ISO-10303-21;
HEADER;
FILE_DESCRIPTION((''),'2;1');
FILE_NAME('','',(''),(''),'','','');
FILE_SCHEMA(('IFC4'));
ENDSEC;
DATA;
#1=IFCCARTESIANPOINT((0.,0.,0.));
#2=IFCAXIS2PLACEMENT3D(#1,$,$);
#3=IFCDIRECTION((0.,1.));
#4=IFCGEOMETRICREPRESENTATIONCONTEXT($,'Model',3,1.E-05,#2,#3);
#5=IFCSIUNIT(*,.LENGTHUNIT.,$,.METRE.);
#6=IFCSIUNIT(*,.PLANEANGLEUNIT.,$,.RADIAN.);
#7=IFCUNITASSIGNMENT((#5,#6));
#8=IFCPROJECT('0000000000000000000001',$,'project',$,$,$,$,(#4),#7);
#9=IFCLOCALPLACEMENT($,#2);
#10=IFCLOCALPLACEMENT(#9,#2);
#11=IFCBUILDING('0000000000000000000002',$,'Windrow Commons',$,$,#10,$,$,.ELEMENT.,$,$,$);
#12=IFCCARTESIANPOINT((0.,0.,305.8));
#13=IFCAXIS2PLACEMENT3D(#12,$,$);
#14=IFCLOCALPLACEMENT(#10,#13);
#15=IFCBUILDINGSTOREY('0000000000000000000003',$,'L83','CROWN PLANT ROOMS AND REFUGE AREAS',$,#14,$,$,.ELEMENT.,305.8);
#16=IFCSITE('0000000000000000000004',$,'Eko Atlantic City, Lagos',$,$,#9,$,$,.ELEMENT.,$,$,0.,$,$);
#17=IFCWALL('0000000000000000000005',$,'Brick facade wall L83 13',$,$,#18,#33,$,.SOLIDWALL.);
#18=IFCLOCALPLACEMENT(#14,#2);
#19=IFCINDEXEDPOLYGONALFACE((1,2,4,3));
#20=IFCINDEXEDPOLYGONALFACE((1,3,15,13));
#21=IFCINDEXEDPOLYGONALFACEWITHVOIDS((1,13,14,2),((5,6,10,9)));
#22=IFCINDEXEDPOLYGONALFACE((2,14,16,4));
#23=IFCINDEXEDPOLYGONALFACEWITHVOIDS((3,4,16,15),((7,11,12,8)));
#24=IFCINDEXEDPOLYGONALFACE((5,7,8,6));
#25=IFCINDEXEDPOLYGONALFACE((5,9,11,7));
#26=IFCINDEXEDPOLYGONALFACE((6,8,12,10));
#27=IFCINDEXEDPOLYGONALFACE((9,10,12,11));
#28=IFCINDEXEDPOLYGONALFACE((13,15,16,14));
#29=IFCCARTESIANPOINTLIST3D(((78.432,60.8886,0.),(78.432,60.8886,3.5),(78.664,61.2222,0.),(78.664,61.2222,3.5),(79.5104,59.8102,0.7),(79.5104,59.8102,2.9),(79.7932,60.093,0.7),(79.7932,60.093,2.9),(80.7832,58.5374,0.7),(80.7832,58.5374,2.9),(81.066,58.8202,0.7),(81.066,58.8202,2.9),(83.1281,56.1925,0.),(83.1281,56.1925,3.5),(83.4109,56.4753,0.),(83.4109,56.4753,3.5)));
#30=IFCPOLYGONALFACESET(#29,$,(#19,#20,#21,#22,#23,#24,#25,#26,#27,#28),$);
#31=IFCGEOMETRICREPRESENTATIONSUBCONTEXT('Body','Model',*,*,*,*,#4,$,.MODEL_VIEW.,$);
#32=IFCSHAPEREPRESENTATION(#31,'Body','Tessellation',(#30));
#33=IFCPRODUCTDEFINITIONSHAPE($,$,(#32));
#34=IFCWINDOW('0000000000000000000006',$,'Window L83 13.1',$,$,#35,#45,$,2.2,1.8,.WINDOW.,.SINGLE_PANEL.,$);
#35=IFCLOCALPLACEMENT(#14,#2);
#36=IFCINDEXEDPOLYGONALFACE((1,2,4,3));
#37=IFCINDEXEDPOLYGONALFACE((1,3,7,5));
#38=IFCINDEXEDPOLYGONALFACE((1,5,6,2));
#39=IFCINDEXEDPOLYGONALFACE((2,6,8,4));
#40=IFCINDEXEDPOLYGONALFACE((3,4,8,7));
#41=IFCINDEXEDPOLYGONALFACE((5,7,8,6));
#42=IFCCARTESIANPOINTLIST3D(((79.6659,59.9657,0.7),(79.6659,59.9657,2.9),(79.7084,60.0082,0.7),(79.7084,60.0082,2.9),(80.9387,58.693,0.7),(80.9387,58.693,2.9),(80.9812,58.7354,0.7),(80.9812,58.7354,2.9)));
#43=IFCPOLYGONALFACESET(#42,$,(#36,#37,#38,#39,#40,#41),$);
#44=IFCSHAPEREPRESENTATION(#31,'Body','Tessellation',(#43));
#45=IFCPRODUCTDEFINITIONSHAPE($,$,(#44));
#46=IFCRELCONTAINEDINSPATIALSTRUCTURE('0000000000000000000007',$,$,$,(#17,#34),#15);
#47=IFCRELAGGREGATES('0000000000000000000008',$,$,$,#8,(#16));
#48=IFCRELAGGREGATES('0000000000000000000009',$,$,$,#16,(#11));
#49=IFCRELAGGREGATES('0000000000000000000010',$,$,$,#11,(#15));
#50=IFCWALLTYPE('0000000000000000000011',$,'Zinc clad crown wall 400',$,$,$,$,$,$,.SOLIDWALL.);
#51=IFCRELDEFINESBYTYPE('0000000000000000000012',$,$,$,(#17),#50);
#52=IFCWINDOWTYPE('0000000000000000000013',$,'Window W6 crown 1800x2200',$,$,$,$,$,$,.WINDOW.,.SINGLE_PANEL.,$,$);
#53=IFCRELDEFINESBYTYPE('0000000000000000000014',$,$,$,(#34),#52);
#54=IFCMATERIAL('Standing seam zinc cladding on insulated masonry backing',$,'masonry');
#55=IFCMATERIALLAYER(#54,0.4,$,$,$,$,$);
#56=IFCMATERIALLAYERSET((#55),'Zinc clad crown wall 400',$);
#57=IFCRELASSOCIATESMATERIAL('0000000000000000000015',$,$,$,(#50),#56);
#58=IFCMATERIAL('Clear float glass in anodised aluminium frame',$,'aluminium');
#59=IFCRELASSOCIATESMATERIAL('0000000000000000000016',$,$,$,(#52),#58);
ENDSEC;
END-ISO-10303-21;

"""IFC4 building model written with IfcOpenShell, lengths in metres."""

from ifc_helpers import new_model, si_unit, direction, frame, frame_2d, origin, place, context, subcontext, project, spatial, polyline, rectangle, outline, extrude, material, layer, layer_set, type_object, element, fill, save


model = new_model("IFC4")

# Units and contexts
model_context = context("Model", 3, precision=1e-05, world=origin(), true_north=direction((0.0, 1.0)))
body_context = subcontext(model_context, "Body", "Model", "MODEL_VIEW")
ifc_project = project(units=[si_unit("LENGTHUNIT", "METRE"), si_unit("PLANEANGLEUNIT", "RADIAN")], contexts=[model_context])

# Site, building, storey
site_placement = place(None, origin())
site = spatial("IfcSite", under=ifc_project, at=site_placement, Name="Eko Atlantic City, Lagos", CompositionType="ELEMENT", RefElevation=0.0)
building_placement = place(site_placement, origin())
building = spatial("IfcBuilding", under=site, at=building_placement, Name="Windrow Commons", CompositionType="ELEMENT")
storey_placement = place(building_placement, frame((0.0, 0.0, 305.8)))
storey = spatial("IfcBuildingStorey", under=building, at=storey_placement, Name="L83", Description="CROWN PLANT ROOMS AND REFUGE AREAS", CompositionType="ELEMENT", Elevation=305.8)

# Wall, opening, window
ifc_material_1 = material(Name="Standing seam zinc cladding on insulated masonry backing", Category="masonry")
ifc_layer_1 = layer(ifc_material_1, 0.4)
ifc_layer_set_1 = layer_set([ifc_layer_1], Name="Zinc clad crown wall 400")
wall_type_1 = type_object("IfcWallType", Name="Zinc clad crown wall 400", PredefinedType="SOLIDWALL", material=ifc_layer_set_1)
ifc_material_2 = material(Name="Clear float glass in anodised aluminium frame", Category="aluminium")
window_type = type_object("IfcWindowType", Name="Window W6 crown 1800x2200", PartitioningType="SINGLE_PANEL", PredefinedType="WINDOW", material=ifc_material_2)
wall_1_placement = place(storey_placement, frame((78.548, 61.0554, 0.0), z_axis=(0.0, 0.0, 1.0), x_axis=(0.707107, -0.707107, 0.0)))
wall_1 = element("IfcWall", 1, at=wall_1_placement, inside=storey, type_object=wall_type_1, Name="Brick facade wall L83 13", PredefinedType="SOLIDWALL", context=body_context, shape_type="SweptSolid", body=[
    extrude(outline(polyline([(0.0359, -0.2), (6.6772, -0.2), (6.6772, 0.2), (-0.0359, 0.2), (0.0359, -0.2)])), origin(), (0.0, 0.0, 1.0), 3.5),
])
opening_1_placement = place(wall_1_placement, frame((1.561, 0.0, 0.7)))
opening_1 = element("IfcOpeningElement", 2, at=opening_1_placement, cuts=wall_1, PredefinedType="OPENING", context=body_context, shape_type="SweptSolid", body=[
    extrude(rectangle(XDim=1.8, YDim=2.2, at=frame_2d((0.9, 1.1))), frame((0.0, 0.21, 0.0), z_axis=(0.0, -1.0, 0.0), x_axis=(1.0, 0.0, 0.0)), (0.0, 0.0, 1.0), 0.42),
])
window_1_placement = place(opening_1_placement, origin())
window_1 = element("IfcWindow", 3, at=window_1_placement, inside=storey, type_object=window_type, Name="Window L83 13.1", OverallHeight=2.2, OverallWidth=1.8, PartitioningType="SINGLE_PANEL", PredefinedType="WINDOW", context=body_context, shape_type="SweptSolid", body=[
    extrude(rectangle(XDim=1.8, YDim=2.2, at=frame_2d((0.9, 1.1))), frame((0.0, 0.08, 0.0), z_axis=(0.0, -1.0, 0.0), x_axis=(1.0, 0.0, 0.0)), (0.0, 0.0, 1.0), 0.06),
])
fill(opening_1, window_1)

save(model, "model.ifc")
